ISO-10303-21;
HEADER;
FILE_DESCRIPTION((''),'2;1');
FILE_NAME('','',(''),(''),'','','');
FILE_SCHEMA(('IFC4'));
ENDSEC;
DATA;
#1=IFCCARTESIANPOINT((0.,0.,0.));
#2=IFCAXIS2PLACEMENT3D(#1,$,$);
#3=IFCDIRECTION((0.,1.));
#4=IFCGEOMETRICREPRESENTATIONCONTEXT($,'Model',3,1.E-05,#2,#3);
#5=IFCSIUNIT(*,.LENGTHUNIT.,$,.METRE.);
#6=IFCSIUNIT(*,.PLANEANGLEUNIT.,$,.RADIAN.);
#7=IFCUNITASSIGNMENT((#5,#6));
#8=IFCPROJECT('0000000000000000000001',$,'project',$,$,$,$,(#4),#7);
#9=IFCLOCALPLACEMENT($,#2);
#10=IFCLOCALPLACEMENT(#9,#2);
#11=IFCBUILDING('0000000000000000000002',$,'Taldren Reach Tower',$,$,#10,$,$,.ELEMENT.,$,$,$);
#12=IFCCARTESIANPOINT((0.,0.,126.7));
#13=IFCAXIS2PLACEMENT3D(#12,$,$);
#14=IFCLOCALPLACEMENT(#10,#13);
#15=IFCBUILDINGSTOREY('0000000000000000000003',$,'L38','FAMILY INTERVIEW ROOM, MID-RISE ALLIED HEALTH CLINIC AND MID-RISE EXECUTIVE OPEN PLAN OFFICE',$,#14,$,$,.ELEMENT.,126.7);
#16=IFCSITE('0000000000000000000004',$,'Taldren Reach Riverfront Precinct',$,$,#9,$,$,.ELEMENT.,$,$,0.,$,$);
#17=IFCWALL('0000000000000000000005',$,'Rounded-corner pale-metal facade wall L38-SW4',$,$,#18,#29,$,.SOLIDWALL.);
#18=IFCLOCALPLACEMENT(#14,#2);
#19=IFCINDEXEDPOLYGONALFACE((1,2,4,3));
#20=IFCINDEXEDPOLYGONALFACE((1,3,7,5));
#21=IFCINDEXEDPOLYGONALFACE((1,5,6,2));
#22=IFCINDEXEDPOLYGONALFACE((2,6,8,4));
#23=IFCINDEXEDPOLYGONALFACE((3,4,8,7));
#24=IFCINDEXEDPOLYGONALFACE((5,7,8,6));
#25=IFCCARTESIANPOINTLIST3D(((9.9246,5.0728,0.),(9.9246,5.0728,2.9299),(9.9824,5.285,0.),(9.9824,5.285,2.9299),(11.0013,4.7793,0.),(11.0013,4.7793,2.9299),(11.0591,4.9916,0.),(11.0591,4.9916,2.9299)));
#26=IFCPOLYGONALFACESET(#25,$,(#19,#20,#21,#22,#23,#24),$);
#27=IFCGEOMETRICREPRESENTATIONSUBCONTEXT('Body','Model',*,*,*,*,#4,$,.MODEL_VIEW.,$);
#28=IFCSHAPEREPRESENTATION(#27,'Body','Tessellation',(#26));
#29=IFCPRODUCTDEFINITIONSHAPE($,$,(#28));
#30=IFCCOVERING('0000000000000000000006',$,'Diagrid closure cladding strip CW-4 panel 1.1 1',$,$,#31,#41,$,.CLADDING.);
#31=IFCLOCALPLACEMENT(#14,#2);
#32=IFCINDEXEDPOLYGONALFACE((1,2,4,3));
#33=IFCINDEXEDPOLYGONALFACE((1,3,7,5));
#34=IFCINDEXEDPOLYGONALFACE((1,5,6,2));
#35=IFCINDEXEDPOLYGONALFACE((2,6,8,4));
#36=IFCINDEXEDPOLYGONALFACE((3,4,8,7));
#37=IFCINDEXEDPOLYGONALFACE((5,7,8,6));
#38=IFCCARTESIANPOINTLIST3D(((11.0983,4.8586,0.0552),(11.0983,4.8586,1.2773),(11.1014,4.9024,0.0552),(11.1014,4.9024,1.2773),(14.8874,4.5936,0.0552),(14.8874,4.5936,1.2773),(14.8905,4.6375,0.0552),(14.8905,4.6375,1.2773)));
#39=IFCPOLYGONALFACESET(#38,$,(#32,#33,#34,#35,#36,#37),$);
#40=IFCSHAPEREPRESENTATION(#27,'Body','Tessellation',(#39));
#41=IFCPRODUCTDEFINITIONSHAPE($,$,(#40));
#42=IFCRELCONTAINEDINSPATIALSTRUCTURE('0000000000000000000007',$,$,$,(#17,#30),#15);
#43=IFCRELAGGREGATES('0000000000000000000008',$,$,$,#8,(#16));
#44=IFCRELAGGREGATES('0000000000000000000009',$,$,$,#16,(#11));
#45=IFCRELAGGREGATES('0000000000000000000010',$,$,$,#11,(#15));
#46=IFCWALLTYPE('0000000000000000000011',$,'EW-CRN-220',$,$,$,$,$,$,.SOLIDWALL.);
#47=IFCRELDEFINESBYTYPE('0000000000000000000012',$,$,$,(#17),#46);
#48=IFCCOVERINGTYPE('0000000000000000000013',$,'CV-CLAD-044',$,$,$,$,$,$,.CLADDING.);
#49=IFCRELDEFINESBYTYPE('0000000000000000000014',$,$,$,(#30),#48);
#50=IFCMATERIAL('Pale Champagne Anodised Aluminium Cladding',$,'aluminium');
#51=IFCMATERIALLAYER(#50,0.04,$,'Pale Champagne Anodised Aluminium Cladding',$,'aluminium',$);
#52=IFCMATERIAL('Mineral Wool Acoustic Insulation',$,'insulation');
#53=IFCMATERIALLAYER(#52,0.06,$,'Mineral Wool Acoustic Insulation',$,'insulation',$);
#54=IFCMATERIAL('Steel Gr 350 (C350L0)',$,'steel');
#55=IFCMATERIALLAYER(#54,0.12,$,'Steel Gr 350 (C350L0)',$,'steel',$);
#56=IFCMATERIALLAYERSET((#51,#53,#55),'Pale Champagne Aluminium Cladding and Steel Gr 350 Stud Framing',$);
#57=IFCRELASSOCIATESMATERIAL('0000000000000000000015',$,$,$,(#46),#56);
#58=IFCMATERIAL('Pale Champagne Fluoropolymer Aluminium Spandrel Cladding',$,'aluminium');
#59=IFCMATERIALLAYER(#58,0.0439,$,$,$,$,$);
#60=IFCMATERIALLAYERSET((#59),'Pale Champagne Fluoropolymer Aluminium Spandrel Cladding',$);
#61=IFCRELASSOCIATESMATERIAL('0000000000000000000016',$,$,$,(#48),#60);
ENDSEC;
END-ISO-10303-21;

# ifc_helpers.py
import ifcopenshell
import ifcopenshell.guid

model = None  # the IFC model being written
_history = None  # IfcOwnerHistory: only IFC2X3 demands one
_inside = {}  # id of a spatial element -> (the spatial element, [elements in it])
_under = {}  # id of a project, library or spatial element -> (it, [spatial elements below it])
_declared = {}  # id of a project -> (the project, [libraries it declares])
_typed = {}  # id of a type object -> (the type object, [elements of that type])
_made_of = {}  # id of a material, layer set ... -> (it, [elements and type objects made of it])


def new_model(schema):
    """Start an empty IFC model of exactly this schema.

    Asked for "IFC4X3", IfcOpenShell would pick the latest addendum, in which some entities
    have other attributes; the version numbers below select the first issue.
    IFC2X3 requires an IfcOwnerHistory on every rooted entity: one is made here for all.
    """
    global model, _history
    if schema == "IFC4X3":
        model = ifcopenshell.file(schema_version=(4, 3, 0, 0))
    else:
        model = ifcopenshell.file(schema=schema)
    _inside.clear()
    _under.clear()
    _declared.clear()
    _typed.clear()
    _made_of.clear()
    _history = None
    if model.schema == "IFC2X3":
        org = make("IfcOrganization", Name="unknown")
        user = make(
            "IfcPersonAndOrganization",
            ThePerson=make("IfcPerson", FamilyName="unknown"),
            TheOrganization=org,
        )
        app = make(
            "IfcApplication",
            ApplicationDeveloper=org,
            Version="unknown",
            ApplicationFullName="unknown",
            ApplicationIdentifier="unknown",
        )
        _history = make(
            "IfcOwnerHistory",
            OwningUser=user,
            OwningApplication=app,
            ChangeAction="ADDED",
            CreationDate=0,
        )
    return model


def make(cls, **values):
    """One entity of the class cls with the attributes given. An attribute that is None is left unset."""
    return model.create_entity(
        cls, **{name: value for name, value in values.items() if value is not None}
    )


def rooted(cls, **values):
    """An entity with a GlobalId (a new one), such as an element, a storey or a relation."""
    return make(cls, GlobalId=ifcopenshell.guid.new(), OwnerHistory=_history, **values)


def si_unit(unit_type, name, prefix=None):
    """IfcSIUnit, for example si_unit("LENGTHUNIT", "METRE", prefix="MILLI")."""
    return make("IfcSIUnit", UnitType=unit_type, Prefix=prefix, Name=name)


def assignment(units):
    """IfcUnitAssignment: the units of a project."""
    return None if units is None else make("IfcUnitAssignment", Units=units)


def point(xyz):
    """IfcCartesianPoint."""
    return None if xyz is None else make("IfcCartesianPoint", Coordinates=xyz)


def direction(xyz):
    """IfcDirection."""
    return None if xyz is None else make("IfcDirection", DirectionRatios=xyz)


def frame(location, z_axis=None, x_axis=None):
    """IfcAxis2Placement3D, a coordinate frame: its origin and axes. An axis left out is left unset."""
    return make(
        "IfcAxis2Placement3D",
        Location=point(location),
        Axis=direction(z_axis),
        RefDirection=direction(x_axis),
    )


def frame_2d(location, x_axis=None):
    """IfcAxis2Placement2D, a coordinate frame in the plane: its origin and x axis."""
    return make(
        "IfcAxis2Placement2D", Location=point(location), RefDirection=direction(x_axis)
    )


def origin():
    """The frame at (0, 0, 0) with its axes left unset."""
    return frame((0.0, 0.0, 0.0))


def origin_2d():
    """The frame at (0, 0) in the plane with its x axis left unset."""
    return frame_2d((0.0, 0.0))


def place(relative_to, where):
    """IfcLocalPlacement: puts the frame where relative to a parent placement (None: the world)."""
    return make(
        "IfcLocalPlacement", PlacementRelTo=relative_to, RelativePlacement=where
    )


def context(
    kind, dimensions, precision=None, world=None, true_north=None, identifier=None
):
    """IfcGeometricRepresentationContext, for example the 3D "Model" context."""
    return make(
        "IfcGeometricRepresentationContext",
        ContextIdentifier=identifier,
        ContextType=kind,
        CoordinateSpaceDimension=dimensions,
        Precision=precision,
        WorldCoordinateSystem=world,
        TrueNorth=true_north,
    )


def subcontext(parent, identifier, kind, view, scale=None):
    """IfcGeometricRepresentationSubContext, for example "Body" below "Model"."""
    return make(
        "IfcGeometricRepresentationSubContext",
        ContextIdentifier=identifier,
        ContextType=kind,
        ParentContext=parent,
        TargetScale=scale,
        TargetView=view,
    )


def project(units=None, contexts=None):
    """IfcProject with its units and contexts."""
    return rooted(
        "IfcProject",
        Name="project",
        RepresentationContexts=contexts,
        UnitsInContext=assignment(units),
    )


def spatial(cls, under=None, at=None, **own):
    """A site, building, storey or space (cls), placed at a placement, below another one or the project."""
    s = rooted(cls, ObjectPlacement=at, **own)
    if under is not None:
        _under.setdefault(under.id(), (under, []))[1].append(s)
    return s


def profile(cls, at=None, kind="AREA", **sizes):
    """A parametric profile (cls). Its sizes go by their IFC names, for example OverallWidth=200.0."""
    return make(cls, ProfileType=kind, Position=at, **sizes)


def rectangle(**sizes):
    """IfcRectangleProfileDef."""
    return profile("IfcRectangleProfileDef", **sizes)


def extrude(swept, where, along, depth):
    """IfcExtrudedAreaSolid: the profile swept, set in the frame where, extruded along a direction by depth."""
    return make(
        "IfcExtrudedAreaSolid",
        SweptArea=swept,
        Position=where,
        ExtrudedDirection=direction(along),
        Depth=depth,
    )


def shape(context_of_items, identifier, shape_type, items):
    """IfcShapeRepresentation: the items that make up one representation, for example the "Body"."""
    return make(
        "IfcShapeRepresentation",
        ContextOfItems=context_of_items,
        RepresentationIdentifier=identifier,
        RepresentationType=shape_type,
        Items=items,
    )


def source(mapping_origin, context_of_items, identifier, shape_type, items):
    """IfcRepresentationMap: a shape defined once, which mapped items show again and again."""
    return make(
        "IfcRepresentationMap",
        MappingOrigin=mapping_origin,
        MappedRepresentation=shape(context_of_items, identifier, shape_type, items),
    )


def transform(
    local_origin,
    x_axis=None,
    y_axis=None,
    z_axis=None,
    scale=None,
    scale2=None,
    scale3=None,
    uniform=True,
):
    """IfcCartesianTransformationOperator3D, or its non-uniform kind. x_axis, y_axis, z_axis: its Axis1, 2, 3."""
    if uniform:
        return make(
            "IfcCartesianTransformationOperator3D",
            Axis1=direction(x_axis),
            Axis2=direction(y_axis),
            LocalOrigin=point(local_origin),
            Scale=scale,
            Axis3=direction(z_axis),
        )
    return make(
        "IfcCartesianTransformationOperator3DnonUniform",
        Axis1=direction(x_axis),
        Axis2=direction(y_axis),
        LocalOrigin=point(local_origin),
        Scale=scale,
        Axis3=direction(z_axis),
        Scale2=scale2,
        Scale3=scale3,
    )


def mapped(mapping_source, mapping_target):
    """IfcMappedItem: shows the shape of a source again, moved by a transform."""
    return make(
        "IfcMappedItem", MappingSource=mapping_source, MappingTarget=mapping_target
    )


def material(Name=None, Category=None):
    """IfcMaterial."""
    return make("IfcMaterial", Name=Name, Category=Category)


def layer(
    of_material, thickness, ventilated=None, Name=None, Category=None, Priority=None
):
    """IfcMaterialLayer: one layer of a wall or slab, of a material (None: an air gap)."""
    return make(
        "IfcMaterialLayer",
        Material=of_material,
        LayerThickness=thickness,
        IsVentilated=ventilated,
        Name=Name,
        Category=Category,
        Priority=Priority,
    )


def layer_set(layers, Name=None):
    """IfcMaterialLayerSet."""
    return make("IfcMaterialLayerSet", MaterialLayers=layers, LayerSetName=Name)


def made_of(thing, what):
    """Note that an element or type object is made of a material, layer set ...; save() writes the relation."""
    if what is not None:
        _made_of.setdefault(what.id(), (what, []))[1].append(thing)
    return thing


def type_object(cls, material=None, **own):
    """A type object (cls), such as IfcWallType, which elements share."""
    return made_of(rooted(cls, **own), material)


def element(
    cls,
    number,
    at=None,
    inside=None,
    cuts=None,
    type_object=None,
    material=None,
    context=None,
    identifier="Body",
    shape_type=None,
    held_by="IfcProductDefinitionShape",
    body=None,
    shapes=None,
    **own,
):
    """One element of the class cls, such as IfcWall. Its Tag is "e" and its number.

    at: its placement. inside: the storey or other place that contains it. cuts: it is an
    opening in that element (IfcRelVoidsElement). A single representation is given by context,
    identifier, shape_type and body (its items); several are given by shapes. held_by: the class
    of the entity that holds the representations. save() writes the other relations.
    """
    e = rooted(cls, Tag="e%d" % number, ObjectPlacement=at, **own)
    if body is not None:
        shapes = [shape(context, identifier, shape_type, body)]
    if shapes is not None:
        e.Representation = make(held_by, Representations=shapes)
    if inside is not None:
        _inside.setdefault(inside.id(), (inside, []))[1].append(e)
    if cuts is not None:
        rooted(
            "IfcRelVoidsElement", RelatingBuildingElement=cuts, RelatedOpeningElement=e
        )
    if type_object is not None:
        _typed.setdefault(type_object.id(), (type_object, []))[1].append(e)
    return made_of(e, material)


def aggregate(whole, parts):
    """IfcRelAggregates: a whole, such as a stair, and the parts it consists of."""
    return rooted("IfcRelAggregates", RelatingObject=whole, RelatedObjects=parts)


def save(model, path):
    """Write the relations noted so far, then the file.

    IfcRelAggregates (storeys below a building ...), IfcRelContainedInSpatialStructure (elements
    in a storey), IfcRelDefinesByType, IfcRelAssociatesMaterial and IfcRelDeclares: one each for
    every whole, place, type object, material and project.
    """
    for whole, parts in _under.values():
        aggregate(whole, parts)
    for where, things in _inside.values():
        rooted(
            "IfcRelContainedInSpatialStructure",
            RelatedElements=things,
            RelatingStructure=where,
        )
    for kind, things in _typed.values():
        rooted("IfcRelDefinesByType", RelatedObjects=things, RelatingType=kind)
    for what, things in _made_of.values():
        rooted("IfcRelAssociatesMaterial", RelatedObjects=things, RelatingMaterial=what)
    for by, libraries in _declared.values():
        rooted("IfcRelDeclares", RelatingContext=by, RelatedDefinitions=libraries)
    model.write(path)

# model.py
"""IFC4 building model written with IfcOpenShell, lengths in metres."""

from ifc_helpers import new_model, si_unit, direction, frame, frame_2d, origin, origin_2d, place, context, subcontext, project, spatial, rectangle, extrude, source, transform, mapped, material, layer, layer_set, type_object, element, save


model = new_model("IFC4")

# Units and contexts
model_context = context("Model", 3, precision=1e-05, world=origin(), true_north=direction((0.0, 1.0)))
body_context = subcontext(model_context, "Body", "Model", "MODEL_VIEW")
ifc_project = project(units=[si_unit("LENGTHUNIT", "METRE"), si_unit("PLANEANGLEUNIT", "RADIAN")], contexts=[model_context])

# Site, building, storey
site_placement = place(None, origin())
site = spatial("IfcSite", under=ifc_project, at=site_placement, Name="Taldren Reach Riverfront Precinct", CompositionType="ELEMENT", RefElevation=0.0)
building_placement = place(site_placement, origin())
building = spatial("IfcBuilding", under=site, at=building_placement, Name="Taldren Reach Tower", CompositionType="ELEMENT")
storey_placement = place(building_placement, frame((0.0, 0.0, 126.7)))
storey = spatial("IfcBuildingStorey", under=building, at=storey_placement, Name="L38", Description="FAMILY INTERVIEW ROOM, MID-RISE ALLIED HEALTH CLINIC AND MID-RISE EXECUTIVE OPEN PLAN OFFICE", CompositionType="ELEMENT", Elevation=126.7)

# Shared definitions
ifc_material_1 = material(Name="Steel Gr 350 (C350L0)", Category="steel")

# Wall
ifc_material_2 = material(Name="Pale Champagne Anodised Aluminium Cladding", Category="aluminium")
ifc_layer_1 = layer(ifc_material_2, 0.04, Name="Pale Champagne Anodised Aluminium Cladding", Category="aluminium")
ifc_material_3 = material(Name="Mineral Wool Acoustic Insulation", Category="insulation")
ifc_layer_2 = layer(ifc_material_3, 0.06, Name="Mineral Wool Acoustic Insulation", Category="insulation")
ifc_layer_3 = layer(ifc_material_1, 0.12, Name="Steel Gr 350 (C350L0)", Category="steel")
ifc_layer_set_1 = layer_set([ifc_layer_1, ifc_layer_2, ifc_layer_3], Name="Pale Champagne Aluminium Cladding and Steel Gr 350 Stud Framing")
wall_type = type_object("IfcWallType", Name="EW-CRN-220", PredefinedType="SOLIDWALL", material=ifc_layer_set_1)
shared_shape_1 = source(origin(), body_context, "Body", "SweptSolid", [
    extrude(rectangle(XDim=1.116, YDim=0.22, at=frame_2d((0.5581, 0.0))), origin(), (0.0, 0.0, 1.0), 2.9299),
])
for number, where, z_axis, x_axis, name in (
    (1, (9.9534, 5.179, 0.0), (0.0, 0.0, 1.0), (0.964804, -0.262969, 0.0), "Rounded-corner pale-metal facade wall L38-SW4"),
):
    element("IfcWall", number, at=place(storey_placement, frame(where, z_axis=z_axis, x_axis=x_axis)), inside=storey, type_object=wall_type, Name=name, PredefinedType="SOLIDWALL", context=body_context, shape_type="MappedRepresentation", body=[
        mapped(shared_shape_1, transform((0.0, 0.0, 0.0), scale=1.0)),
    ])

# Covering
ifc_material_4 = material(Name="Pale Champagne Fluoropolymer Aluminium Spandrel Cladding", Category="aluminium")
ifc_layer_4 = layer(ifc_material_4, 0.0439)
ifc_layer_set_2 = layer_set([ifc_layer_4], Name="Pale Champagne Fluoropolymer Aluminium Spandrel Cladding")
covering_type = type_object("IfcCoveringType", Name="CV-CLAD-044", PredefinedType="CLADDING", material=ifc_layer_set_2)
shared_shape_2 = source(origin(), body_context, "Body", "SweptSolid", [
    extrude(rectangle(XDim=3.7983, YDim=0.0439, at=origin_2d()), origin(), (0.0, 0.0, 1.0), 1.2222),
])
covering_placement = place(storey_placement, frame((12.9944, 4.748, 0.0552), z_axis=(0.0, 0.0, 1.0), x_axis=(0.997564, -0.069757, 0.0)))
element("IfcCovering", 2, at=covering_placement, inside=storey, type_object=covering_type, Name="Diagrid closure cladding strip CW-4 panel 1.1 1", PredefinedType="CLADDING", context=body_context, shape_type="MappedRepresentation", body=[
    mapped(shared_shape_2, transform((0.0, 0.0, 0.0), scale=1.0)),
])

save(model, "model.ifc")
